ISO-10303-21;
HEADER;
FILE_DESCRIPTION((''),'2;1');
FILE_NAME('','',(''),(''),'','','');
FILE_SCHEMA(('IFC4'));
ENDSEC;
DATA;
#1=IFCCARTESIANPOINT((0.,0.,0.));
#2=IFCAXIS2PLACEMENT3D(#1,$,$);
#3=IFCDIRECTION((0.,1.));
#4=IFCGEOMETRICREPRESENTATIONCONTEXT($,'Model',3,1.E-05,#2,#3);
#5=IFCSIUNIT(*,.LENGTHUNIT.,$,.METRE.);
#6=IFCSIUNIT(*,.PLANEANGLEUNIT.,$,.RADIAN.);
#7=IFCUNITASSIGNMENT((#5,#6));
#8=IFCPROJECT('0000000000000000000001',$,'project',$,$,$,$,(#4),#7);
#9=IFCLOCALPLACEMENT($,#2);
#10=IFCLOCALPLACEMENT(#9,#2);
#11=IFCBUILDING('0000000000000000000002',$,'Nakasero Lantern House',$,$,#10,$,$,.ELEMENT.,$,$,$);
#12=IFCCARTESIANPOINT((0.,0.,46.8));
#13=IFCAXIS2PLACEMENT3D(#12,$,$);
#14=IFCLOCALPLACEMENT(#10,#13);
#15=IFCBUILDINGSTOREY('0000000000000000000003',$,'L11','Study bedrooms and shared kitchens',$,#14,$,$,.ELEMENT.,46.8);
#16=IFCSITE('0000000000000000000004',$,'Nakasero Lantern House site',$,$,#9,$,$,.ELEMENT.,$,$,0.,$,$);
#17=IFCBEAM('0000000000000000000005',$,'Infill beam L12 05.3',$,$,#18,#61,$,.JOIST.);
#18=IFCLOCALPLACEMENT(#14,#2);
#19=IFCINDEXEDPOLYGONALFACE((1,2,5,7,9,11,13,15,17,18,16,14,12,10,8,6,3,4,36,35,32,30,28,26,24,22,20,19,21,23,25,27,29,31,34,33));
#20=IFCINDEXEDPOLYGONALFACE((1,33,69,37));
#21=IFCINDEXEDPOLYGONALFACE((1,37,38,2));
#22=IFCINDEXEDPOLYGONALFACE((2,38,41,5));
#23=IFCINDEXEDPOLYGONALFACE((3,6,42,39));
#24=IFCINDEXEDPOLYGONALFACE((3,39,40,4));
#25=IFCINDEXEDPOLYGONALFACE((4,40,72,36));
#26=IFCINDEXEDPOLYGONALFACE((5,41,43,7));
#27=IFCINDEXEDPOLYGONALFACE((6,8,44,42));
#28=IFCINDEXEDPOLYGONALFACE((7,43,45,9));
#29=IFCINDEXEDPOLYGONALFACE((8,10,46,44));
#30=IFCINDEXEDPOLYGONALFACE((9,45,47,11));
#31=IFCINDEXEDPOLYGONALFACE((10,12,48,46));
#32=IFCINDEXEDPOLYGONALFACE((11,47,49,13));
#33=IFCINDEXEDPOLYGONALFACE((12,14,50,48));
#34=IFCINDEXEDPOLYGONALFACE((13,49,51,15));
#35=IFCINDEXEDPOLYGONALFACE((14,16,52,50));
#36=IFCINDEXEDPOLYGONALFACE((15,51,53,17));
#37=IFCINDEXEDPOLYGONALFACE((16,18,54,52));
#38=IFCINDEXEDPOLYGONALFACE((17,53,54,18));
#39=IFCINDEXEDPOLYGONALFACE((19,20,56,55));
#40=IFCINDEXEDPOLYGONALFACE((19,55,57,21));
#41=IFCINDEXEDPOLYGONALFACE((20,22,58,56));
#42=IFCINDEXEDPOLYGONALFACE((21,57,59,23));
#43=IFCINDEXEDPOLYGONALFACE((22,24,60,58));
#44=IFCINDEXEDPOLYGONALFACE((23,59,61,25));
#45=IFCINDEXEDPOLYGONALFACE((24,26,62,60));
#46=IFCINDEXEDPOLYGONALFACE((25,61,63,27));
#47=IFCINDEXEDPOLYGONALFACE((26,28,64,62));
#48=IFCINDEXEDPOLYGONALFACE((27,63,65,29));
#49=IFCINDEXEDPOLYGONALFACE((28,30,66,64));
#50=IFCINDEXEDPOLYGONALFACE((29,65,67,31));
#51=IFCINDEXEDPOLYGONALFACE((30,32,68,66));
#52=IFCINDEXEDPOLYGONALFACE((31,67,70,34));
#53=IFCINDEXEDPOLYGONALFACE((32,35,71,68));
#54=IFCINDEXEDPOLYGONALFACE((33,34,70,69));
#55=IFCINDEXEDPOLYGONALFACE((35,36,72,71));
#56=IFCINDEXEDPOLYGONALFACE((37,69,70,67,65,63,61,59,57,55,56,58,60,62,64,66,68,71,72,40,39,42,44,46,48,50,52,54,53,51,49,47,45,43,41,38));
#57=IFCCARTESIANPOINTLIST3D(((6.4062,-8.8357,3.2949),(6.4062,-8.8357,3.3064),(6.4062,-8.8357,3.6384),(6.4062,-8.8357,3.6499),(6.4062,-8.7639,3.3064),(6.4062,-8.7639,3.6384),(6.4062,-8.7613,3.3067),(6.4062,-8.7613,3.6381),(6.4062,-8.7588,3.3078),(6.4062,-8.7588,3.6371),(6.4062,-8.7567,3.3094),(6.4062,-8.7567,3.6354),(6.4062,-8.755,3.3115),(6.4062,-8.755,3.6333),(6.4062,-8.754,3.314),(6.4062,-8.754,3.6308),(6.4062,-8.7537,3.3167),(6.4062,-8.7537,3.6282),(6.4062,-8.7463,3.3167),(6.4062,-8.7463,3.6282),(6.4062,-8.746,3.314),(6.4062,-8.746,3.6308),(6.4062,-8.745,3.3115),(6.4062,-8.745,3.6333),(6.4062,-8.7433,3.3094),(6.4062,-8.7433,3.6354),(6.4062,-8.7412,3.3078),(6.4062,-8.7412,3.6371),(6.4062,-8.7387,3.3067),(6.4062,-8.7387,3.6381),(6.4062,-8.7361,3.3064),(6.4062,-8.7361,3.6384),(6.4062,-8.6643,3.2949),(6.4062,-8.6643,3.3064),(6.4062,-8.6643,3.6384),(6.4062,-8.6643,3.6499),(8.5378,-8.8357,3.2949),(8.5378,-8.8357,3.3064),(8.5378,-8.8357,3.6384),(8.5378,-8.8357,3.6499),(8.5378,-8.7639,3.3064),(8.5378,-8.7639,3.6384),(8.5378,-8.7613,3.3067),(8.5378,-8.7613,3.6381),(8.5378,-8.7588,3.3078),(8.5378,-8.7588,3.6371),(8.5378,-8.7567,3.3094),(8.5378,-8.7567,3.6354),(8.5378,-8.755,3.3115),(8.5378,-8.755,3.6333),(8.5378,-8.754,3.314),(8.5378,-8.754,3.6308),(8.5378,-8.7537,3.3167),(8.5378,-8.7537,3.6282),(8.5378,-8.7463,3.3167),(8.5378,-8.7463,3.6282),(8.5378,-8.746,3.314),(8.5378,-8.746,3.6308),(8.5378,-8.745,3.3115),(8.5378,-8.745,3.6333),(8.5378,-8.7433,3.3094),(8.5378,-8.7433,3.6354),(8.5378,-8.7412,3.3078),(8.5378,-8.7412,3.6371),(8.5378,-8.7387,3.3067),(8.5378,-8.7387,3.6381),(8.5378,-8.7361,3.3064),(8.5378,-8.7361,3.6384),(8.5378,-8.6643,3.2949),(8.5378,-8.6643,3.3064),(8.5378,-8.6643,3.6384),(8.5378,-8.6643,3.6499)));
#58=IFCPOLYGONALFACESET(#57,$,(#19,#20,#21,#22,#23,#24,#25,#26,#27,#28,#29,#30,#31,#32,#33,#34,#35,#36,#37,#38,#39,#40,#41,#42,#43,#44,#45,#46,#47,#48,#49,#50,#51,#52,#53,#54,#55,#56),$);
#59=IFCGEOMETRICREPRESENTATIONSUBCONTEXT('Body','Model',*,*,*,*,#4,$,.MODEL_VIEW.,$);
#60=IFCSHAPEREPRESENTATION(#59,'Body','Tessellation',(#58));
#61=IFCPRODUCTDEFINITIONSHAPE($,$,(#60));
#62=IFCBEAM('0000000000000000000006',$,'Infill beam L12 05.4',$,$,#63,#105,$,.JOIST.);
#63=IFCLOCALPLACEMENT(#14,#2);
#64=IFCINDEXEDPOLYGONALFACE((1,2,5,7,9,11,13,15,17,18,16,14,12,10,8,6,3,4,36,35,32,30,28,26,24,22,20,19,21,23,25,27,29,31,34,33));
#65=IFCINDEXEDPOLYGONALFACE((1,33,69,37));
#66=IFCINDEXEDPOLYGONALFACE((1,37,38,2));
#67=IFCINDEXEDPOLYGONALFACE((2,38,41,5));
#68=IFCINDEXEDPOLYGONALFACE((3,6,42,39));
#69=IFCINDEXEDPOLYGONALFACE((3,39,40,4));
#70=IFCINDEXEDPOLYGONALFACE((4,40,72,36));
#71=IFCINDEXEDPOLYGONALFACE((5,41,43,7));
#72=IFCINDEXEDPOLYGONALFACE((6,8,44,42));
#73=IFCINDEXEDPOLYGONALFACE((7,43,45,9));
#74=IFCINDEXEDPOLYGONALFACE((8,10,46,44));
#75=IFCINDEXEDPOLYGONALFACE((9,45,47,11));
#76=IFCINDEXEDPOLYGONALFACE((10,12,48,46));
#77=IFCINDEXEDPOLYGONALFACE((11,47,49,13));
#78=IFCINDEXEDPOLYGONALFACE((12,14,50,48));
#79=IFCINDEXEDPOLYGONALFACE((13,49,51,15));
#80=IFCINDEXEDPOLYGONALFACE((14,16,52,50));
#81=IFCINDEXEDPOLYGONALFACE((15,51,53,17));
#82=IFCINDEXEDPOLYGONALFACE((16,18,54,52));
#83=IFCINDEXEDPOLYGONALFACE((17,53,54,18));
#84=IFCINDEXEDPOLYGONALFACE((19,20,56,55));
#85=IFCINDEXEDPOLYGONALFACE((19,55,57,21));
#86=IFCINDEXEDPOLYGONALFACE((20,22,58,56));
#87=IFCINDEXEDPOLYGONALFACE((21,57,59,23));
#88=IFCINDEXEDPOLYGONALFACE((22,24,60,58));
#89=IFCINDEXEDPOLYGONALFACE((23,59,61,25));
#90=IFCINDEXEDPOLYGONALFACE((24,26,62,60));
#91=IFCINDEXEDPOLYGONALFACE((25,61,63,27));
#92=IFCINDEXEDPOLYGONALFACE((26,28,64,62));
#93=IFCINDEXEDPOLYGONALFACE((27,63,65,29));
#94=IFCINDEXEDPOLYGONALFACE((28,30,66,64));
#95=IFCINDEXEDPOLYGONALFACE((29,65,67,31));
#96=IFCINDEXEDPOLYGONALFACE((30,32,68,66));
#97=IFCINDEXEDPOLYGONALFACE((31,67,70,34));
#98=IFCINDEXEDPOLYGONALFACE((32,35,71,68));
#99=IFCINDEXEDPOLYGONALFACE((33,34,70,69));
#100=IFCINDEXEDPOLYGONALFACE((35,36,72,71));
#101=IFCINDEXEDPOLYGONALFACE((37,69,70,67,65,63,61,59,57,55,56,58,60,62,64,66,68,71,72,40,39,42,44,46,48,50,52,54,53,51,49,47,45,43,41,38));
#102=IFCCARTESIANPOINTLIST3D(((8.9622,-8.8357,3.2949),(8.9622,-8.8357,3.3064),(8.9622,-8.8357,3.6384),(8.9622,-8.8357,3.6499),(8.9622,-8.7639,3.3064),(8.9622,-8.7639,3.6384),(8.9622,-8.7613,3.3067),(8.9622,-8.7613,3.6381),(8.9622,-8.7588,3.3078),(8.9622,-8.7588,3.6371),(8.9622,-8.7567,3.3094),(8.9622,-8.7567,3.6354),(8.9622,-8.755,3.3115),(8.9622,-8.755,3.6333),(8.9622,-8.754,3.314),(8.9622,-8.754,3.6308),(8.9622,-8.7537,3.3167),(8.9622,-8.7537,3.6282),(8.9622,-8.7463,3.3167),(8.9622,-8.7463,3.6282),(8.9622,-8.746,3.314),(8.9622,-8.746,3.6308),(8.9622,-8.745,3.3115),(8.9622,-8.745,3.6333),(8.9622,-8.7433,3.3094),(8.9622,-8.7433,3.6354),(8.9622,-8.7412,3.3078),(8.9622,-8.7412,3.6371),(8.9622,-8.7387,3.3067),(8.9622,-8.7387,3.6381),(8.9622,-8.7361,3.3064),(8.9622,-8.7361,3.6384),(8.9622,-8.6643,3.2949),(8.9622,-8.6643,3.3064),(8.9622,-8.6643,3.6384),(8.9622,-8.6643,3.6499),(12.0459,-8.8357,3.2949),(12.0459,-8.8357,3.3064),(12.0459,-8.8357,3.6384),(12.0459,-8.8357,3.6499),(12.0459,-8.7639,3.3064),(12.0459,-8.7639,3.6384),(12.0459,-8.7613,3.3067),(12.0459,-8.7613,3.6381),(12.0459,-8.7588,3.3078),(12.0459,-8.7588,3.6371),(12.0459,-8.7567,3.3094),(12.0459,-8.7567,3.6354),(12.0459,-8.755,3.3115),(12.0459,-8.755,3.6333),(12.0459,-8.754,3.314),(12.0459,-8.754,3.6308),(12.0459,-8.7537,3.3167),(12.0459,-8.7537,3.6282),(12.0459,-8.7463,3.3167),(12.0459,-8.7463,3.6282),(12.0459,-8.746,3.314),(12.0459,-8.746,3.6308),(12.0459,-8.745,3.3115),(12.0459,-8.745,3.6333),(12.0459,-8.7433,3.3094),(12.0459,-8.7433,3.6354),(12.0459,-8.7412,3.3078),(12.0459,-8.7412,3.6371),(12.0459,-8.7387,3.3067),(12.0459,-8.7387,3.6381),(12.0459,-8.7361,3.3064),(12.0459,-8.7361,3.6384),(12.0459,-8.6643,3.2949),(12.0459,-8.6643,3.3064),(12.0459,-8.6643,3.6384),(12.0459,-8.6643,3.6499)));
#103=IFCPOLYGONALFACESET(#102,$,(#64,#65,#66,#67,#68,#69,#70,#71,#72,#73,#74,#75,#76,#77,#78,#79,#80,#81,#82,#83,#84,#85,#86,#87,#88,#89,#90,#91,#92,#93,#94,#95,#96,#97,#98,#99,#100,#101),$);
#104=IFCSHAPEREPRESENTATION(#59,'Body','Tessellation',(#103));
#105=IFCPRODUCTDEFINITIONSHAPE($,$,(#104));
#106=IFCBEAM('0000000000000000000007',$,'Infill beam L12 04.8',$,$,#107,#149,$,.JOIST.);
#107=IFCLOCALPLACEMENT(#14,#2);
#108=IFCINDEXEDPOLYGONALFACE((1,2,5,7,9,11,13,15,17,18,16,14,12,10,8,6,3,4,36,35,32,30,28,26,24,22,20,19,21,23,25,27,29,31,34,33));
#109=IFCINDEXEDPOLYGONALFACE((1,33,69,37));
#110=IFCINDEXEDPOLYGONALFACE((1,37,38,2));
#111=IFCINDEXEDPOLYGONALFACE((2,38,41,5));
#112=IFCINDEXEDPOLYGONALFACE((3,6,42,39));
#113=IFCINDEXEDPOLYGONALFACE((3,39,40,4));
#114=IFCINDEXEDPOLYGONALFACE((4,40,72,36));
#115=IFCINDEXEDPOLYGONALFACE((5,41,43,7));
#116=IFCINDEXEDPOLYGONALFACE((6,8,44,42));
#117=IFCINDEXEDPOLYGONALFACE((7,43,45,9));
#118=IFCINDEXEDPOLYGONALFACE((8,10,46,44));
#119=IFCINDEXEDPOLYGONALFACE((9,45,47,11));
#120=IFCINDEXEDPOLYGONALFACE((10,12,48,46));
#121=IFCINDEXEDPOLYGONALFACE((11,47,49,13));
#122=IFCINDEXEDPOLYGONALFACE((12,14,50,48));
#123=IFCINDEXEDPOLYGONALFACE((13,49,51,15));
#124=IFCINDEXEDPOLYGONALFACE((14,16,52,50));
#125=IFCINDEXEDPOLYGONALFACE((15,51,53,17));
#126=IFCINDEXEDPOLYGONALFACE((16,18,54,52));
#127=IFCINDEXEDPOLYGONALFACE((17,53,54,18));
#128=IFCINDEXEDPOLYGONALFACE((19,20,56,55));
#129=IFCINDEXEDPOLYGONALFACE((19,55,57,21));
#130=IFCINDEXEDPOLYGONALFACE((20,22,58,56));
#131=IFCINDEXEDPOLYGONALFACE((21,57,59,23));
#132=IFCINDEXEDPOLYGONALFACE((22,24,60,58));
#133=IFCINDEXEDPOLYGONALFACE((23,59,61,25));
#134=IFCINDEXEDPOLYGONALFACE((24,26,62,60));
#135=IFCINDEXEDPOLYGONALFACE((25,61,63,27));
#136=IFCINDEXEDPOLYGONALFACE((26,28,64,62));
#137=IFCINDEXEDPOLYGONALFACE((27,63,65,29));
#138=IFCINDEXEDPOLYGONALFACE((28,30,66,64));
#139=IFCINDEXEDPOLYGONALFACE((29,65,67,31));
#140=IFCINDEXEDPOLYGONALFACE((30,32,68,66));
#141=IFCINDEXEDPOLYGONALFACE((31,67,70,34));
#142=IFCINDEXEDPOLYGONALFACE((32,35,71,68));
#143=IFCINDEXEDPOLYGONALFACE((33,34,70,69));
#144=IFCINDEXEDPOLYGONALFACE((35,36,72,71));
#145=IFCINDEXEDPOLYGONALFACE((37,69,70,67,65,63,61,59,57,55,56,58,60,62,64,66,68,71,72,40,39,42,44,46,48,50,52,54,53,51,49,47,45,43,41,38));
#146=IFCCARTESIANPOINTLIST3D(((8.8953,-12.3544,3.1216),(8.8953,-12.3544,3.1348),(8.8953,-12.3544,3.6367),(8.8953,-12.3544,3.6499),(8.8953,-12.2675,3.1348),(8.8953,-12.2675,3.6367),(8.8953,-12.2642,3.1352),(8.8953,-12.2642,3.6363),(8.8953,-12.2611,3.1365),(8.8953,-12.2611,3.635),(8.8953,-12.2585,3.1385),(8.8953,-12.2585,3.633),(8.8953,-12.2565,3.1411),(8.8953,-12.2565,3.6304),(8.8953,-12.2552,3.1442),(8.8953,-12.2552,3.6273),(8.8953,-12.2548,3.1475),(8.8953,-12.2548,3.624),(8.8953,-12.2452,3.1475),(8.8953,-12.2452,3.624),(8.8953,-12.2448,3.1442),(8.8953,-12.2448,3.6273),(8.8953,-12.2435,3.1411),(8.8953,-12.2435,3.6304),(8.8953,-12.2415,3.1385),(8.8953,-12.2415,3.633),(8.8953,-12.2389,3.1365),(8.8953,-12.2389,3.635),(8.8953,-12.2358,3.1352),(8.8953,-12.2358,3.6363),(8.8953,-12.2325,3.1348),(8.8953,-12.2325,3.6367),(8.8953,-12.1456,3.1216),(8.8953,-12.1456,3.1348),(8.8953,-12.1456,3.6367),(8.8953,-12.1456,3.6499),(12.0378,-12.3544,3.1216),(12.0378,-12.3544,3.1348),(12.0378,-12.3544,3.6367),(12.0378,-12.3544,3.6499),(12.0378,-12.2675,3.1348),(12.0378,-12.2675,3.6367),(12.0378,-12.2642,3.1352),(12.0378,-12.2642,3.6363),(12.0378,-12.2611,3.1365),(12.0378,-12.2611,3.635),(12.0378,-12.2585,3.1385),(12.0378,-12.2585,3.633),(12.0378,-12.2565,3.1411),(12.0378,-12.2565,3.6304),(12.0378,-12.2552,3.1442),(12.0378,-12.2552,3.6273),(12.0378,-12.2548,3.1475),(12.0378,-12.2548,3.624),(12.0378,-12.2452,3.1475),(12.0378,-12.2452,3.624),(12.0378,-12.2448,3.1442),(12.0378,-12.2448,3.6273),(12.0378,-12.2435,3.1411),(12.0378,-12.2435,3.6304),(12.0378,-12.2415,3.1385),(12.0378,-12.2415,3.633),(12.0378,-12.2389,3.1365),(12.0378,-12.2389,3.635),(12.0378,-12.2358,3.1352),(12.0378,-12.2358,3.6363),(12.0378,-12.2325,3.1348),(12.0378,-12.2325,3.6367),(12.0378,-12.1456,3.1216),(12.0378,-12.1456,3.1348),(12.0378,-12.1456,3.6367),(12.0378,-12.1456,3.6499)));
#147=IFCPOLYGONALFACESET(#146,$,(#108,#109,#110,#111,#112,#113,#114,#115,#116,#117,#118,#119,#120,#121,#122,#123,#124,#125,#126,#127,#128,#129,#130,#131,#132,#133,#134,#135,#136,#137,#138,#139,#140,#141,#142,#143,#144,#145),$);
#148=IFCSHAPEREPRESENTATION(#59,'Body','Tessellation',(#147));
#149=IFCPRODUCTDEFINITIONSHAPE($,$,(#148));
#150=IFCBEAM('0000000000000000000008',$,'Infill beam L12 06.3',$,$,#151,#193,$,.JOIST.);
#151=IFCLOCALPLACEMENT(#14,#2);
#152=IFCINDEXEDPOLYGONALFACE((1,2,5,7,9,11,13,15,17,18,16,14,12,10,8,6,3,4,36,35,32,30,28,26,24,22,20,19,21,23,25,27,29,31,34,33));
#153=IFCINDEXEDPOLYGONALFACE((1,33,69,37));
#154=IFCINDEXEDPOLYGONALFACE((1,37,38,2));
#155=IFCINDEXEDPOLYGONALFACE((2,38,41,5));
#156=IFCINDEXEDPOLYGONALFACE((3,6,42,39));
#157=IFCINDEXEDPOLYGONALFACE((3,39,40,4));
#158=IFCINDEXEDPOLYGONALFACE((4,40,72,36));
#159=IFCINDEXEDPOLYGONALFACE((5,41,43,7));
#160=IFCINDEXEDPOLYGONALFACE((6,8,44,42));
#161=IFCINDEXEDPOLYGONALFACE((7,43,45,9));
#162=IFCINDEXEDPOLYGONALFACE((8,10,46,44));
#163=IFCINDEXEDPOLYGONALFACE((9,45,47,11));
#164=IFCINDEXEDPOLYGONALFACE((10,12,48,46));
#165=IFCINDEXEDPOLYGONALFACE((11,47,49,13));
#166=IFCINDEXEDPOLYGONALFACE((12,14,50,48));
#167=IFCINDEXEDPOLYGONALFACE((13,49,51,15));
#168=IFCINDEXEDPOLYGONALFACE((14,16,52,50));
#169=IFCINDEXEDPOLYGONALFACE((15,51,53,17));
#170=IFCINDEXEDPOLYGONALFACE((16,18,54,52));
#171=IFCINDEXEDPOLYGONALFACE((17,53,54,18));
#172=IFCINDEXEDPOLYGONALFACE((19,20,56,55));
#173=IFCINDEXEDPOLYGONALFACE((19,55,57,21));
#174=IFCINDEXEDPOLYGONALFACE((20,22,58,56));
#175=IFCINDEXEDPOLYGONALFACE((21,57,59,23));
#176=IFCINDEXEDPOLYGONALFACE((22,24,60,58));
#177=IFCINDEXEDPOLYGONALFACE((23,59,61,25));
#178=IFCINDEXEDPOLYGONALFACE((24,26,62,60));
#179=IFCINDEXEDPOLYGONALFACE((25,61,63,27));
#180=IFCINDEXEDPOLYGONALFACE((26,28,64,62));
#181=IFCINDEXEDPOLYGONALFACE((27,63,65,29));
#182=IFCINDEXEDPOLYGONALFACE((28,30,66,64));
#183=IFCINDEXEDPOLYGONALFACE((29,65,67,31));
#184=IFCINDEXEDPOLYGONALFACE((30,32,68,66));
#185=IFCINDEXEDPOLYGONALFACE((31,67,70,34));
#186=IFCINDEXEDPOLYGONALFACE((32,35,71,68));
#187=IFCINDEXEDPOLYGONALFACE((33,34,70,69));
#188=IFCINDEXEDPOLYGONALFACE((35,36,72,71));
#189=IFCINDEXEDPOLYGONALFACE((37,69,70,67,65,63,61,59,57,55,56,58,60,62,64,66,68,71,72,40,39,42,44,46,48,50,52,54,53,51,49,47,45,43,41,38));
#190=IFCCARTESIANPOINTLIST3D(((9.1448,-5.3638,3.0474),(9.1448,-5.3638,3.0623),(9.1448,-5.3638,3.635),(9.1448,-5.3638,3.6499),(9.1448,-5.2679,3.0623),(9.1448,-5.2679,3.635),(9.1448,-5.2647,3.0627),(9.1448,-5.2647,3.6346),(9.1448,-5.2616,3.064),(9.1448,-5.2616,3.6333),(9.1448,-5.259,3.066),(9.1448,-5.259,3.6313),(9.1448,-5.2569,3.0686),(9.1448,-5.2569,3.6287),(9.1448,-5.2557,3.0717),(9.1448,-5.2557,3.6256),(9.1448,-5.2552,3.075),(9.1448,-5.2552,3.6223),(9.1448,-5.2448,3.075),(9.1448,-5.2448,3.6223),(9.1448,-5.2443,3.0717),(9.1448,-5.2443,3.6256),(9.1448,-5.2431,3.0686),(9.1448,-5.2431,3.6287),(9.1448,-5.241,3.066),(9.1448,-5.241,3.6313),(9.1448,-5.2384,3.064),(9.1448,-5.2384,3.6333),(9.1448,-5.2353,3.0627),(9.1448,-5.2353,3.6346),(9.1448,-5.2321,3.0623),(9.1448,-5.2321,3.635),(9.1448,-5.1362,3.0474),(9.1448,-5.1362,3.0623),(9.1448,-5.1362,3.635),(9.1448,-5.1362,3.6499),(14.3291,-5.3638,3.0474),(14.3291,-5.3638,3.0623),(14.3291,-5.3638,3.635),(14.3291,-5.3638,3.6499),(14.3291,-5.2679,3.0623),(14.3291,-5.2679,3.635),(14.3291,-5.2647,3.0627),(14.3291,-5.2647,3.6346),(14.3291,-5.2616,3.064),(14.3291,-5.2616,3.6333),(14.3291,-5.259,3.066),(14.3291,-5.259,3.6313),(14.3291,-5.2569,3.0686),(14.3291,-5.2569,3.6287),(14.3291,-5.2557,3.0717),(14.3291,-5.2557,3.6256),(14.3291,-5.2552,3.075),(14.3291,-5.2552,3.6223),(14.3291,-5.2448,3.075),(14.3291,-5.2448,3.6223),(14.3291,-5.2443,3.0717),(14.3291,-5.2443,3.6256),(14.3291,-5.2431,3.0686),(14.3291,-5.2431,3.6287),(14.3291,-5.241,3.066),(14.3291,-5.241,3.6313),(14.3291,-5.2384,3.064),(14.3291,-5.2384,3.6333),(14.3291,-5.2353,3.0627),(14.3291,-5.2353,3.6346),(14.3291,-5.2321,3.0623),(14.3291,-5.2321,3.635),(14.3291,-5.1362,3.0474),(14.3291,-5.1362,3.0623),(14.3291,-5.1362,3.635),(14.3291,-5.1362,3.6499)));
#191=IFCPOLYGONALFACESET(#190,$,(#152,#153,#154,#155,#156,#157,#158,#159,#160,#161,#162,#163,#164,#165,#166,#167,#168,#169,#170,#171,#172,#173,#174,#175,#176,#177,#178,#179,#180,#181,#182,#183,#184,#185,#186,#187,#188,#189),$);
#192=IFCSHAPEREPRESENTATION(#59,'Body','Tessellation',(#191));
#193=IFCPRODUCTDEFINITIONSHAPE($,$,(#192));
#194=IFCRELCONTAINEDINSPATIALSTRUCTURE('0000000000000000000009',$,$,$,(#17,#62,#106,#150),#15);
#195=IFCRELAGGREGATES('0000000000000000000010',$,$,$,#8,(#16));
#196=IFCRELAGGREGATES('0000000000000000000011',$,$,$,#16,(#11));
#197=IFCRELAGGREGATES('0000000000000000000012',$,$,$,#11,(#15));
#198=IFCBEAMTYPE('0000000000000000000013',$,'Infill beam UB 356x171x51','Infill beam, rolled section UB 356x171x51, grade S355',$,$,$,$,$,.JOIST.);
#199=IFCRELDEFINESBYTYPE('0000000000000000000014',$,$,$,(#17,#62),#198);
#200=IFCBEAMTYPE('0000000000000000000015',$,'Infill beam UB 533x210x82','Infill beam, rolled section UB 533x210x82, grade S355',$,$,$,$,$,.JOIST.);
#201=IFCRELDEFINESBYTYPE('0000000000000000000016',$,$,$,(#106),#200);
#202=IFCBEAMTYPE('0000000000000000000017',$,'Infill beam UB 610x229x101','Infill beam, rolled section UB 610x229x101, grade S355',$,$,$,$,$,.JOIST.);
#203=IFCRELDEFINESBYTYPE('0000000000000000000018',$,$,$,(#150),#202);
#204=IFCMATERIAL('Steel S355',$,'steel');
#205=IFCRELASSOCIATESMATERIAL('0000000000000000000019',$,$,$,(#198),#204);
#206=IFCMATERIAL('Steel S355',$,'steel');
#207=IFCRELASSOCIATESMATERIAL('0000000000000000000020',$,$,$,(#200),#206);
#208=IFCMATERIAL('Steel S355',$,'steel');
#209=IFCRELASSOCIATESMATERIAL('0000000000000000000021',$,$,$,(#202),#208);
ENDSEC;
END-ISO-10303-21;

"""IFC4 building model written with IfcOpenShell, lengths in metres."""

from ifc_helpers import new_model, si_unit, direction, frame, origin, origin_2d, place, context, subcontext, project, spatial, i_section, extrude, material, material_profile, profile_set, type_object, element, save


model = new_model("IFC4")

# Units and contexts
model_context = context("Model", 3, precision=1e-05, world=origin(), true_north=direction((0.0, 1.0)))
body_context = subcontext(model_context, "Body", "Model", "MODEL_VIEW")
ifc_project = project(units=[si_unit("LENGTHUNIT", "METRE"), si_unit("PLANEANGLEUNIT", "RADIAN")], contexts=[model_context])

# Site, building, storey
site_placement = place(None, origin())
site = spatial("IfcSite", under=ifc_project, at=site_placement, Name="Nakasero Lantern House site", CompositionType="ELEMENT", RefElevation=0.0)
building_placement = place(site_placement, origin())
building = spatial("IfcBuilding", under=site, at=building_placement, Name="Nakasero Lantern House", CompositionType="ELEMENT")
storey_placement = place(building_placement, frame((0.0, 0.0, 46.8)))
storey = spatial("IfcBuildingStorey", under=building, at=storey_placement, Name="L11", Description="Study bedrooms and shared kitchens", CompositionType="ELEMENT", Elevation=46.8)

# Beams
ifc_material_1 = material(Name="Steel S355", Category="steel")
ifc_material_profile_1 = material_profile(ifc_material_1, i_section(OverallWidth=0.1714, OverallDepth=0.355, WebThickness=0.0073, FlangeThickness=0.0115, FilletRadius=0.0103, at=origin_2d()), Name="UB 356x171x51")
ifc_profile_set_1 = profile_set([ifc_material_profile_1], Name="Steel S355")
beam_type_1 = type_object("IfcBeamType", Name="Infill beam UB 356x171x51", Description="Infill beam, rolled section UB 356x171x51, grade S355", PredefinedType="JOIST", material=ifc_profile_set_1)
beam_1_placement = place(storey_placement, frame((6.4062, -8.75, 3.4724), z_axis=(1.0, 0.0, 0.0), x_axis=(0.0, 1.0, 0.0)))
element("IfcBeam", 1, at=beam_1_placement, inside=storey, type_object=beam_type_1, Name="Infill beam L12 05.3", PredefinedType="JOIST", context=body_context, shape_type="SweptSolid", body=[
    extrude(i_section(OverallWidth=0.1714, OverallDepth=0.355, WebThickness=0.0073, FlangeThickness=0.0115, FilletRadius=0.0103, at=origin_2d()), origin(), (0.0, 0.0, 1.0), 2.1316),
])
beam_2_placement = place(storey_placement, frame((8.9622, -8.75, 3.4724), z_axis=(1.0, 0.0, 0.0), x_axis=(0.0, 1.0, 0.0)))
element("IfcBeam", 2, at=beam_2_placement, inside=storey, type_object=beam_type_1, Name="Infill beam L12 05.4", PredefinedType="JOIST", context=body_context, shape_type="SweptSolid", body=[
    extrude(i_section(OverallWidth=0.1714, OverallDepth=0.355, WebThickness=0.0073, FlangeThickness=0.0115, FilletRadius=0.0103, at=origin_2d()), origin(), (0.0, 0.0, 1.0), 3.0837),
])
ifc_material_2 = material(Name="Steel S355", Category="steel")
ifc_material_profile_2 = material_profile(ifc_material_2, i_section(OverallWidth=0.2087, OverallDepth=0.5283, WebThickness=0.0095, FlangeThickness=0.0132, FilletRadius=0.0127, at=origin_2d()), Name="UB 533x210x82")
ifc_profile_set_2 = profile_set([ifc_material_profile_2], Name="Steel S355")
beam_type_2 = type_object("IfcBeamType", Name="Infill beam UB 533x210x82", Description="Infill beam, rolled section UB 533x210x82, grade S355", PredefinedType="JOIST", material=ifc_profile_set_2)
beam_3_placement = place(storey_placement, frame((8.8953, -12.25, 3.3857), z_axis=(1.0, 0.0, 0.0), x_axis=(0.0, 1.0, 0.0)))
element("IfcBeam", 3, at=beam_3_placement, inside=storey, type_object=beam_type_2, Name="Infill beam L12 04.8", PredefinedType="JOIST", context=body_context, shape_type="SweptSolid", body=[
    extrude(i_section(OverallWidth=0.2087, OverallDepth=0.5283, WebThickness=0.0095, FlangeThickness=0.0132, FilletRadius=0.0127, at=origin_2d()), origin(), (0.0, 0.0, 1.0), 3.1426),
])
ifc_material_3 = material(Name="Steel S355", Category="steel")
ifc_material_profile_3 = material_profile(ifc_material_3, i_section(OverallWidth=0.2275, OverallDepth=0.6025, WebThickness=0.0105, FlangeThickness=0.0149, FilletRadius=0.0127, at=origin_2d()), Name="UB 610x229x101")
ifc_profile_set_3 = profile_set([ifc_material_profile_3], Name="Steel S355")
beam_type_3 = type_object("IfcBeamType", Name="Infill beam UB 610x229x101", Description="Infill beam, rolled section UB 610x229x101, grade S355", PredefinedType="JOIST", material=ifc_profile_set_3)
beam_4_placement = place(storey_placement, frame((9.1448, -5.25, 3.3486), z_axis=(1.0, 0.0, 0.0), x_axis=(0.0, 1.0, 0.0)))
element("IfcBeam", 4, at=beam_4_placement, inside=storey, type_object=beam_type_3, Name="Infill beam L12 06.3", PredefinedType="JOIST", context=body_context, shape_type="SweptSolid", body=[
    extrude(i_section(OverallWidth=0.2275, OverallDepth=0.6025, WebThickness=0.0105, FlangeThickness=0.0149, FilletRadius=0.0127, at=origin_2d()), origin(), (0.0, 0.0, 1.0), 5.1843),
])

save(model, "model.ifc")
